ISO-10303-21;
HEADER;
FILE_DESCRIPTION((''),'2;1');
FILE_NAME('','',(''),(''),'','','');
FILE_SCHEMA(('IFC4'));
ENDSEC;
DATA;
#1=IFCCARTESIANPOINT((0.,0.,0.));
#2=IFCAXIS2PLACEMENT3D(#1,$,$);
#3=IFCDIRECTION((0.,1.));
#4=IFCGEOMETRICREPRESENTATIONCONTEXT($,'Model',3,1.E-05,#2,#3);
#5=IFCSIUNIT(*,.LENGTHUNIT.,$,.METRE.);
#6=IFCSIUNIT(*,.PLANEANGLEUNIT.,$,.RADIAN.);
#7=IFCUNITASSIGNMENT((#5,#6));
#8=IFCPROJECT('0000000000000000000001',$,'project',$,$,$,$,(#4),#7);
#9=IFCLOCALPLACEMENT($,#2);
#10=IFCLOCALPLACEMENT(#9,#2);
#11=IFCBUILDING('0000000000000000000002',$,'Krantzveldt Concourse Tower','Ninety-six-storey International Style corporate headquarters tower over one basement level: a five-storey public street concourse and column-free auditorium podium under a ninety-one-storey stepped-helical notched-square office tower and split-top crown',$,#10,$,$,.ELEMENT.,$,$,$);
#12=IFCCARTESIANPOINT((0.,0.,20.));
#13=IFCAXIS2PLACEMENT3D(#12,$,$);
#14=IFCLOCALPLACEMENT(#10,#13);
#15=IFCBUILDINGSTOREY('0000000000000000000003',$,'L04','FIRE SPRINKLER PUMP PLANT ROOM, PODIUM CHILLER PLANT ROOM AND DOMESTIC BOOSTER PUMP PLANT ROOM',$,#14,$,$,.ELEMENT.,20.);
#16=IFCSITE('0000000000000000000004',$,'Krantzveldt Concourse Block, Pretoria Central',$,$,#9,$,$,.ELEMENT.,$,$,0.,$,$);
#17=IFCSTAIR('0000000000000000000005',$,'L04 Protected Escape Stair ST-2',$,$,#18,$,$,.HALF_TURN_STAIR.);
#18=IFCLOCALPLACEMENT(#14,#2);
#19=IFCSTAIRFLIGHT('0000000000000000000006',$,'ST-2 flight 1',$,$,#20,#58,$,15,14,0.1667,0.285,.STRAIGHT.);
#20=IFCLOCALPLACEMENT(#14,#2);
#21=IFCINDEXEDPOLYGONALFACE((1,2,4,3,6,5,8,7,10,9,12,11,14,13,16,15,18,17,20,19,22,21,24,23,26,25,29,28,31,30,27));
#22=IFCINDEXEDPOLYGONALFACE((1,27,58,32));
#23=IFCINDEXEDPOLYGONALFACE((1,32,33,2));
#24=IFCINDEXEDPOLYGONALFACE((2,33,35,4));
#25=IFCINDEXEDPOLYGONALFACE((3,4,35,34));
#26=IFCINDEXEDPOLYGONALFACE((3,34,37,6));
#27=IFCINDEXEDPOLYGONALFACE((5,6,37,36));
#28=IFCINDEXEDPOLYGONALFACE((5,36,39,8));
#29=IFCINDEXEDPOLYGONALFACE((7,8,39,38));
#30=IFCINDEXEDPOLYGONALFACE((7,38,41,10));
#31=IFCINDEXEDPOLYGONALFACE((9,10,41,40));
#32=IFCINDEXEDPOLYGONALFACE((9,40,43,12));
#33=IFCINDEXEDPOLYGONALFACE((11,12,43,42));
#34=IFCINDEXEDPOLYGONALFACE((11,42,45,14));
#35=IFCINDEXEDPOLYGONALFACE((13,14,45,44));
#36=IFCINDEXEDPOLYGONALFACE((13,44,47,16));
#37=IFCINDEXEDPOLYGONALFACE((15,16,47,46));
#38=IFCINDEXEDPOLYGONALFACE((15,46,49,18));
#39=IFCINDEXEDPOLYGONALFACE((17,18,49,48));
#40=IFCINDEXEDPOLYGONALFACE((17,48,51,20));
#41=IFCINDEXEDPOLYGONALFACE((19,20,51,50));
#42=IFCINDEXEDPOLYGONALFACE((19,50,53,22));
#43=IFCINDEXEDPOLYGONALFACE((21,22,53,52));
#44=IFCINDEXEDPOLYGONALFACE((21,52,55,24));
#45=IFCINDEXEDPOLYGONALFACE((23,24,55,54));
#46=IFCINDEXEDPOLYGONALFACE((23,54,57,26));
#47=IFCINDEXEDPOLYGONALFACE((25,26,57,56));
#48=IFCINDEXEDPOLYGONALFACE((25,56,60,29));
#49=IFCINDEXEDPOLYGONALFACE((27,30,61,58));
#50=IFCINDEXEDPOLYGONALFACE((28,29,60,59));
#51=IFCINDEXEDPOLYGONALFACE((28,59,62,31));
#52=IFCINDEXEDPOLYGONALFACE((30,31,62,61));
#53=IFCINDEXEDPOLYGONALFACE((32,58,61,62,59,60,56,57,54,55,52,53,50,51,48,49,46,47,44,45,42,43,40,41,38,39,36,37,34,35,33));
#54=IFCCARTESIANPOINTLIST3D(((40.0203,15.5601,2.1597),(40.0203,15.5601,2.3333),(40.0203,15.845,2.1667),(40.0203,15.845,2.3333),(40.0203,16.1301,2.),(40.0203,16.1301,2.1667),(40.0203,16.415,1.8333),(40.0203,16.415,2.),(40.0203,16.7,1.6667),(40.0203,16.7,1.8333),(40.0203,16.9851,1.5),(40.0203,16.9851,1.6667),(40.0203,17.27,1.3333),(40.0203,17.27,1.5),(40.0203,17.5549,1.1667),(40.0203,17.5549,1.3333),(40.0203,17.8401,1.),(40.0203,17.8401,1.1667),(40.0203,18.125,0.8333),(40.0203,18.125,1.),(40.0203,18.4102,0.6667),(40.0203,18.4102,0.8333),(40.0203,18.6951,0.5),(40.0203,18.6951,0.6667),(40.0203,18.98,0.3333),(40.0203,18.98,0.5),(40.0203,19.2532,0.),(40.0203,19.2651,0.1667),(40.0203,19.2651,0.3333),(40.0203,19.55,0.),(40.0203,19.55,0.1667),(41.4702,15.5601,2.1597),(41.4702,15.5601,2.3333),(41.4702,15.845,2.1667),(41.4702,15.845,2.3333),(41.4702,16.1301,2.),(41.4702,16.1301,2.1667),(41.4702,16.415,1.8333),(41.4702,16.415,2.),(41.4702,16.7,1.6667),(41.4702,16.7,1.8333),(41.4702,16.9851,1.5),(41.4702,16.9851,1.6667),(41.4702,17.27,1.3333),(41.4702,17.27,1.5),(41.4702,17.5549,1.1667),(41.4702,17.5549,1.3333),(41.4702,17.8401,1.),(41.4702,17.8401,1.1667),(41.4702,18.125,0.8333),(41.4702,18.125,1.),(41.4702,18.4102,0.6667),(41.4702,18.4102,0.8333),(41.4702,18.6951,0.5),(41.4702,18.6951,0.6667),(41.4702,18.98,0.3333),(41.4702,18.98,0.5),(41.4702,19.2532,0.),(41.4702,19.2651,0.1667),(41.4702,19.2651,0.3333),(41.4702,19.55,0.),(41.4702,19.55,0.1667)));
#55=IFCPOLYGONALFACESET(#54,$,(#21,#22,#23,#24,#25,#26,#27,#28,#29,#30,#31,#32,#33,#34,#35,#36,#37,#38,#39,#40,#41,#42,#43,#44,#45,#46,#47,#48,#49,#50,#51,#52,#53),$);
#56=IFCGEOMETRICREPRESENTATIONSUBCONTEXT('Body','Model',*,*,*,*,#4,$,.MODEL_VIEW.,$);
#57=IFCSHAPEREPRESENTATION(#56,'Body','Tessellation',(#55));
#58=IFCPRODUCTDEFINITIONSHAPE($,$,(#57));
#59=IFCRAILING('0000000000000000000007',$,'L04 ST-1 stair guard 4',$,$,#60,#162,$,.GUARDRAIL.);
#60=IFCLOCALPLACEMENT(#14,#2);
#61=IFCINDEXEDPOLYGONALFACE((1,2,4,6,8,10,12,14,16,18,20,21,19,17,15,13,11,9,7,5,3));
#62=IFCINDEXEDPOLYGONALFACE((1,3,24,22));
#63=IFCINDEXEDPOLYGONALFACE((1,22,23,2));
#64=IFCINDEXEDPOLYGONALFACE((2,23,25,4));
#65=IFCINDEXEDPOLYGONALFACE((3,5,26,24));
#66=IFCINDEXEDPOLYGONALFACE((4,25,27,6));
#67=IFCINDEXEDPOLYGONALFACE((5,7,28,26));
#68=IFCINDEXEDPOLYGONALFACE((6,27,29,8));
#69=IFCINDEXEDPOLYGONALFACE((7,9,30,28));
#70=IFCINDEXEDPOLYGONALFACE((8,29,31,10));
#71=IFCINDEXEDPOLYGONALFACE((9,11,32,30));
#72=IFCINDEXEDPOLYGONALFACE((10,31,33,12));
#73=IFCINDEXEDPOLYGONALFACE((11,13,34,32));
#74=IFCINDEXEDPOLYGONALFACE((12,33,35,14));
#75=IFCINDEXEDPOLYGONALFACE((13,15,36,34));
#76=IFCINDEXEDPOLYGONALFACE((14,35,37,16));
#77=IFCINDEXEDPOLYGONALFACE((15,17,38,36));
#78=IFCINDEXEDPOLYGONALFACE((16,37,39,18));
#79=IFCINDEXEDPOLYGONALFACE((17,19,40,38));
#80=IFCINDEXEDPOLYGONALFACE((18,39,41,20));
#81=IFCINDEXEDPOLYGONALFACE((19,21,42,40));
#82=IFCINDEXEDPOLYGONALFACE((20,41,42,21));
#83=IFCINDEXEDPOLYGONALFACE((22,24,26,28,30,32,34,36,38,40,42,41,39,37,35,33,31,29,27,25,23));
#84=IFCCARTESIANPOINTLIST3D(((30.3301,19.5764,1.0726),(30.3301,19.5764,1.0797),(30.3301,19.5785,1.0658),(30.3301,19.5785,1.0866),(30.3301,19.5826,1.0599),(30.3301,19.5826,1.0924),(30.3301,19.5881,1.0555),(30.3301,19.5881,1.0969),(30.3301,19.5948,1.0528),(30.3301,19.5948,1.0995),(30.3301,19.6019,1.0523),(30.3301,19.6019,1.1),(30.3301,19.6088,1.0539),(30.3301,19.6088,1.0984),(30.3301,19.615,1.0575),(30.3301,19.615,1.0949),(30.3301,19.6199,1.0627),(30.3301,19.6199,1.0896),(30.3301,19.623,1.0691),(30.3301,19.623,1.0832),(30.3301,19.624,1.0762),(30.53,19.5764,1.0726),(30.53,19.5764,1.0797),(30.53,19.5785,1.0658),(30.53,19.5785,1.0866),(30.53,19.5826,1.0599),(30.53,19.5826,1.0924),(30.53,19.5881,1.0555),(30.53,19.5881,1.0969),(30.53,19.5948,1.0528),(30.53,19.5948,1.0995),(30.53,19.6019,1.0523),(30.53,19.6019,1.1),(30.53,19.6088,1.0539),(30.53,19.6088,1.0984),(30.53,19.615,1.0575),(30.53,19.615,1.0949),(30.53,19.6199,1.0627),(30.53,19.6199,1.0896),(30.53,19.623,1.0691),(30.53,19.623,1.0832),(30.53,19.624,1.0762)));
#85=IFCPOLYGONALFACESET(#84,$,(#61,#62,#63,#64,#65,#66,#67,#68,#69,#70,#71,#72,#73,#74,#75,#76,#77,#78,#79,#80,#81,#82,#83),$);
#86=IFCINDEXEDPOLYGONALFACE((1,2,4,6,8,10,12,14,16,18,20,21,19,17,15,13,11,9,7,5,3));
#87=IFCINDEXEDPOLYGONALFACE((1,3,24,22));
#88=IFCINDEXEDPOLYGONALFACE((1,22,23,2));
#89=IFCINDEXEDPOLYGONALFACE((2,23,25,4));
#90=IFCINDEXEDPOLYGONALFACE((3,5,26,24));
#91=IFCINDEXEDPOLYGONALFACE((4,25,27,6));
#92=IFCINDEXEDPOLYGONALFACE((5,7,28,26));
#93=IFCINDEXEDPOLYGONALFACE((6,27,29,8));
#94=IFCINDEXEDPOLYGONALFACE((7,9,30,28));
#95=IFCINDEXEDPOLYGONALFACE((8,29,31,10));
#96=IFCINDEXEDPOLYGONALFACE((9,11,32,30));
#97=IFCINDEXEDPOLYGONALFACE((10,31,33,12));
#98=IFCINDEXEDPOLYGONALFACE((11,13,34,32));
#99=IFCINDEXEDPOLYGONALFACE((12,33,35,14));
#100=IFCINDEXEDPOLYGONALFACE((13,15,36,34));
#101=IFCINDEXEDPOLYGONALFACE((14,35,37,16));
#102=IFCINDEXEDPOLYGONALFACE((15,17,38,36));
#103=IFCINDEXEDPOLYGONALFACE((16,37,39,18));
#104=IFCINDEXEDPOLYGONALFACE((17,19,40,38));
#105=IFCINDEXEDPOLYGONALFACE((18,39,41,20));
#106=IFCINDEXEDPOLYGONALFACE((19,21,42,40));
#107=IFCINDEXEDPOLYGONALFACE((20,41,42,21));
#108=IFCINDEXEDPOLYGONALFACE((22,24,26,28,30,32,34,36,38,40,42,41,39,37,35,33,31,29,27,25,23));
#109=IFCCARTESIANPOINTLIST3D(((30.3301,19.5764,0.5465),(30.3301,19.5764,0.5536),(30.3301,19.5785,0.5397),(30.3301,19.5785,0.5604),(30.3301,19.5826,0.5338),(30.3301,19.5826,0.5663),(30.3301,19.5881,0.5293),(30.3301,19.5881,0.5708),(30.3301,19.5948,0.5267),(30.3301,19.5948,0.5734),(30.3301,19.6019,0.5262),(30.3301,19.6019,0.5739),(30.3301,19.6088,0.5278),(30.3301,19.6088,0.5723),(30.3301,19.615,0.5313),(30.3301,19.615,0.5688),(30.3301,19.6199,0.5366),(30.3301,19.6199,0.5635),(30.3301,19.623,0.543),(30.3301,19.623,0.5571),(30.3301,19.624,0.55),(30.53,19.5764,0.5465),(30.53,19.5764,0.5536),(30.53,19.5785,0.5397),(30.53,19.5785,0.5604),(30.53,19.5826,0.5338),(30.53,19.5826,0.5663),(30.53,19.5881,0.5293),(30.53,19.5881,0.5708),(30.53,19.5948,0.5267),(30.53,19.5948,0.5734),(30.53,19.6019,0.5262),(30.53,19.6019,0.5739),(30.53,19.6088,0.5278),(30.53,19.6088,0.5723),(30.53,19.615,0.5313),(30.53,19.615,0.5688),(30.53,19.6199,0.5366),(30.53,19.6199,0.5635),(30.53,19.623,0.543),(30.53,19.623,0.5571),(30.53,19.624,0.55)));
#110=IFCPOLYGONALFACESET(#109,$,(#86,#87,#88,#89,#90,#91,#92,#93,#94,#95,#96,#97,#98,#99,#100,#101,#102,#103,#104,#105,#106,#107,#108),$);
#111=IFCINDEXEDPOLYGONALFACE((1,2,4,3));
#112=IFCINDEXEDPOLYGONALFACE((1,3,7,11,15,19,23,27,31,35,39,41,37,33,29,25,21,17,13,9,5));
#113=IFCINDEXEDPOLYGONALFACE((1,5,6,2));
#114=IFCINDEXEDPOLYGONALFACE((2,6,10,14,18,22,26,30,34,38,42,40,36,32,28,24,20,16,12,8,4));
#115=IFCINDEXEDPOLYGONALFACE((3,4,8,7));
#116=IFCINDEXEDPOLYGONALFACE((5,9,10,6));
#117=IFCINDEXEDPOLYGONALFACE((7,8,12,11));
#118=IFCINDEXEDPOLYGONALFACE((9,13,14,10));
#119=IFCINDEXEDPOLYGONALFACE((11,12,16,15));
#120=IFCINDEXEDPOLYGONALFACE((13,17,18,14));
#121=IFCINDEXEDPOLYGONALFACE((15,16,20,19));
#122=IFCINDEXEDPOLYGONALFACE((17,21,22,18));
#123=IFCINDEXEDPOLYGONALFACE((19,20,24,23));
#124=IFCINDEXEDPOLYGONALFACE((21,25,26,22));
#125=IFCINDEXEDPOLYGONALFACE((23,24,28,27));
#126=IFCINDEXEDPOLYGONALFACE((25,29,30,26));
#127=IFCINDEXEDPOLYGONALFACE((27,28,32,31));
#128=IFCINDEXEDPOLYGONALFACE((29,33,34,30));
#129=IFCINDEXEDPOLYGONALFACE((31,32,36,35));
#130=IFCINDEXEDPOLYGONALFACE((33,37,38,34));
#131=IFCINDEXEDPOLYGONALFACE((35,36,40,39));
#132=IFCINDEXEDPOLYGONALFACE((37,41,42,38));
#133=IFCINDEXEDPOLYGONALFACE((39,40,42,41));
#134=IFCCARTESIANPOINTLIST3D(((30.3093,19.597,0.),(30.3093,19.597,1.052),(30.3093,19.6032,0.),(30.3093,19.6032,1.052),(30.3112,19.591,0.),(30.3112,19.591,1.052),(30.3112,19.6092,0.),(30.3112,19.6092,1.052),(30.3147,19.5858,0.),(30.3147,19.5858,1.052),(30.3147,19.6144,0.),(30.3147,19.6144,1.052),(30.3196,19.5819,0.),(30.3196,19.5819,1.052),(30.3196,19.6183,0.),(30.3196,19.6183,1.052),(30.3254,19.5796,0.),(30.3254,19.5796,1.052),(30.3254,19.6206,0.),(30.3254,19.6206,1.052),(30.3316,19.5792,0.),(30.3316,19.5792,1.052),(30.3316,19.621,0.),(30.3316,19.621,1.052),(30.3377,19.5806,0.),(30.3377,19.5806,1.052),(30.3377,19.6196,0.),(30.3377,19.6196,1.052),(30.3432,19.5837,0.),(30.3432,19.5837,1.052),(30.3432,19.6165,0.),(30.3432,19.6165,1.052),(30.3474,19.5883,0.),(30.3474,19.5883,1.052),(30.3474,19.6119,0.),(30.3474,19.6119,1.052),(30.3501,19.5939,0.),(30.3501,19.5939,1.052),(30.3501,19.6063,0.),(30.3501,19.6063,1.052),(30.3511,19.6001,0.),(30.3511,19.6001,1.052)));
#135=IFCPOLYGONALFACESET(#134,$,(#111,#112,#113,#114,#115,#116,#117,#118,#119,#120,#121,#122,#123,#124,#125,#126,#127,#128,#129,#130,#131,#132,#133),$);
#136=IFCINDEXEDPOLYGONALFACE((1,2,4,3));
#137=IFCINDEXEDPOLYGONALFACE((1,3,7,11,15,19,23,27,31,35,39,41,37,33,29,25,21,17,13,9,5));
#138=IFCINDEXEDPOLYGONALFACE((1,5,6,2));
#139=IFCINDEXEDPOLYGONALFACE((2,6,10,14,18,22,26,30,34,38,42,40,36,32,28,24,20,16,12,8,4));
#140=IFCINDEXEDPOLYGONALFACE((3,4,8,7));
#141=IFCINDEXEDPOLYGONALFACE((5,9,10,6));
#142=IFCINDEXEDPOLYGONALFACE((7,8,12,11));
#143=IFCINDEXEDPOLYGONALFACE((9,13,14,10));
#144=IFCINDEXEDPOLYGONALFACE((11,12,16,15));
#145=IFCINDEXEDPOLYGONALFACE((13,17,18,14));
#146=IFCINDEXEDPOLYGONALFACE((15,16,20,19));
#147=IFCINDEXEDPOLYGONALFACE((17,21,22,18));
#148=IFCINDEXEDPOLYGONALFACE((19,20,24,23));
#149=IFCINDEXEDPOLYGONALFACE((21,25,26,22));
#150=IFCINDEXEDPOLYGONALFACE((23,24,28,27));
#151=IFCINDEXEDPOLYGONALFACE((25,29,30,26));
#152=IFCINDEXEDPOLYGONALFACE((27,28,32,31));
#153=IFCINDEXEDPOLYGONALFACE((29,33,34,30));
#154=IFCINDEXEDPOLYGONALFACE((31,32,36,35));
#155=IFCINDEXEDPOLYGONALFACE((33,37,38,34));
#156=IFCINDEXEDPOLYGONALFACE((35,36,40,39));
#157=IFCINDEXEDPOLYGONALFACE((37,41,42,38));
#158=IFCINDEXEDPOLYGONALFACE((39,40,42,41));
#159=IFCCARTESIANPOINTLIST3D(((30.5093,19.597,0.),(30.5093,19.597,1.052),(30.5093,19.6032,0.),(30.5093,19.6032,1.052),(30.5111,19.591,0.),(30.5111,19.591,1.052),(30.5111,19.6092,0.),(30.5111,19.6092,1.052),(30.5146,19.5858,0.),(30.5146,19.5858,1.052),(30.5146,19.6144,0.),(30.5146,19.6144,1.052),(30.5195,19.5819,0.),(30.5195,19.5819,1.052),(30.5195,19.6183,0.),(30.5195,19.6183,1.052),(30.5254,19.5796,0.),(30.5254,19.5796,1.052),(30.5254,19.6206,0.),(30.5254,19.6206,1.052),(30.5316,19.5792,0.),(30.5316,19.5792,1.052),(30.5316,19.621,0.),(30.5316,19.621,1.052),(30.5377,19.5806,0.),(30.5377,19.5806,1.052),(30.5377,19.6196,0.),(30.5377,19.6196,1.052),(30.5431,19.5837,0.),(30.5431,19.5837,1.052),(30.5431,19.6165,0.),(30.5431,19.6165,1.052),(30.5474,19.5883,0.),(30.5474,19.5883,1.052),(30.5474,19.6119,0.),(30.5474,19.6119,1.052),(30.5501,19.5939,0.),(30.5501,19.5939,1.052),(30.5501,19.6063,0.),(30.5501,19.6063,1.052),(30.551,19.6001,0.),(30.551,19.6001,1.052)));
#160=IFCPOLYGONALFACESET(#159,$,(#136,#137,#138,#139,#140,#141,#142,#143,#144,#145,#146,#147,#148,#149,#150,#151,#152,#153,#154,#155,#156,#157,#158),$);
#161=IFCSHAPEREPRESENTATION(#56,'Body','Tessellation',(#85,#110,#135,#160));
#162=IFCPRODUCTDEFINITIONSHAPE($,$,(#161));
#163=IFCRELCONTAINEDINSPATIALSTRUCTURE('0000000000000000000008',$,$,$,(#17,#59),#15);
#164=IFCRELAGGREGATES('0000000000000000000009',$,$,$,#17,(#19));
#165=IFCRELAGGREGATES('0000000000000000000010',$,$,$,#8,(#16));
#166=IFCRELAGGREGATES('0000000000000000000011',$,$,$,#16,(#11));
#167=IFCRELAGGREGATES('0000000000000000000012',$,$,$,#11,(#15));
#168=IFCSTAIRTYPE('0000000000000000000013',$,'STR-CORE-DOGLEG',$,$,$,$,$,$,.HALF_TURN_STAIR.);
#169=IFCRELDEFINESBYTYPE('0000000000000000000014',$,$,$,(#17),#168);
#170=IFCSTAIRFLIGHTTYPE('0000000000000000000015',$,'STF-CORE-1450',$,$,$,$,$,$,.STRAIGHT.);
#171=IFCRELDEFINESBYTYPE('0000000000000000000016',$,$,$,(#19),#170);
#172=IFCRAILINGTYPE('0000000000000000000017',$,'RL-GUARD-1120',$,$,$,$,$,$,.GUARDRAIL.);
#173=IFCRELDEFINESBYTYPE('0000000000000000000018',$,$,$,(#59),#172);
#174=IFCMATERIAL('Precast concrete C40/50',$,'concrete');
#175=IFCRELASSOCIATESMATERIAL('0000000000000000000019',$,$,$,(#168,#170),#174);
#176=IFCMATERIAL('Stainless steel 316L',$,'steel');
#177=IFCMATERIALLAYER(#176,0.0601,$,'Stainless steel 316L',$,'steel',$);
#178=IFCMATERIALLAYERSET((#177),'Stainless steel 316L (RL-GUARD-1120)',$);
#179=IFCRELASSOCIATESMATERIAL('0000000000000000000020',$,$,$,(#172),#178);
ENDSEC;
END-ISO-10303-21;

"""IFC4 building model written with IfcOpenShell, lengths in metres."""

from ifc_helpers import new_model, si_unit, direction, frame, origin, origin_2d, place, context, subcontext, project, spatial, polyline, circle, outline, extrude, material, layer, layer_set, type_object, element, aggregate, save


model = new_model("IFC4")

# Units and contexts
model_context = context("Model", 3, precision=1e-05, world=origin(), true_north=direction((0.0, 1.0)))
body_context = subcontext(model_context, "Body", "Model", "MODEL_VIEW")
ifc_project = project(units=[si_unit("LENGTHUNIT", "METRE"), si_unit("PLANEANGLEUNIT", "RADIAN")], contexts=[model_context])

# Site, building, storey
site_placement = place(None, origin())
site = spatial("IfcSite", under=ifc_project, at=site_placement, Name="Krantzveldt Concourse Block, Pretoria Central", CompositionType="ELEMENT", RefElevation=0.0)
building_placement = place(site_placement, origin())
building = spatial("IfcBuilding", under=site, at=building_placement, Name="Krantzveldt Concourse Tower", Description="Ninety-six-storey International Style corporate headquarters tower over one basement level: a five-storey public street concourse and column-free auditorium podium under a ninety-one-storey stepped-helical notched-square office tower and split-top crown", CompositionType="ELEMENT")
storey_placement = place(building_placement, frame((0.0, 0.0, 20.0)))
storey = spatial("IfcBuildingStorey", under=building, at=storey_placement, Name="L04", Description="FIRE SPRINKLER PUMP PLANT ROOM, PODIUM CHILLER PLANT ROOM AND DOMESTIC BOOSTER PUMP PLANT ROOM", CompositionType="ELEMENT", Elevation=20.0)

# Shared definitions
ifc_material_1 = material(Name="Stainless steel 316L", Category="steel")

# Stair, stair flight
ifc_material_2 = material(Name="Precast concrete C40/50", Category="concrete")
stair_type = type_object("IfcStairType", Name="STR-CORE-DOGLEG", PredefinedType="HALF_TURN_STAIR", material=ifc_material_2)
stair_placement = place(storey_placement, origin())
stair = element("IfcStair", 1, at=stair_placement, inside=storey, type_object=stair_type, Name="L04 Protected Escape Stair ST-2", PredefinedType="HALF_TURN_STAIR")
stair_flight_type = type_object("IfcStairFlightType", Name="STF-CORE-1450", PredefinedType="STRAIGHT", material=ifc_material_2)
stair_flight_placement = place(storey_placement, frame((40.7451, 19.55, 0.0), z_axis=(0.0, 0.0, 1.0), x_axis=(0.0, -1.0, 0.0)))
stair_flight = element("IfcStairFlight", 2, at=stair_flight_placement, type_object=stair_flight_type, Name="ST-2 flight 1", NumberOfRisers=15, NumberOfTreads=14, PredefinedType="STRAIGHT", RiserHeight=0.1667, TreadLength=0.285, context=body_context, shape_type="SweptSolid", body=[
    extrude(outline(polyline([(0.0, 0.0), (0.0, 0.1667), (0.2849, 0.1667), (0.2849, 0.3333), (0.5701, 0.3333), (0.5701, 0.5), (0.855, 0.5), (0.855, 0.6667), (1.1399, 0.6667), (1.1399, 0.8333), (1.425, 0.8333), (1.425, 1.0), (1.71, 1.0), (1.71, 1.1667), (1.9951, 1.1667), (1.9951, 1.3333), (2.28, 1.3333), (2.28, 1.5), (2.5649, 1.5), (2.5649, 1.6667), (2.8501, 1.6667), (2.8501, 1.8333), (3.135, 1.8333), (3.135, 2.0), (3.4199, 2.0), (3.4199, 2.1667), (3.7051, 2.1667), (3.7051, 2.3333), (3.99, 2.3333), (3.99, 2.5), (3.99, 2.1597), (0.2969, 0.0), (0.0, 0.0)])), frame((0.0, 0.7251, 0.0), z_axis=(0.0, -1.0, 0.0), x_axis=(1.0, 0.0, 0.0)), (0.0, 0.0, 1.0), 1.45),
])
aggregate(stair, [stair_flight])

# Railing
ifc_layer_1 = layer(ifc_material_1, 0.0601, Name="Stainless steel 316L", Category="steel")
ifc_layer_set_1 = layer_set([ifc_layer_1], Name="Stainless steel 316L (RL-GUARD-1120)")
railing_type = type_object("IfcRailingType", Name="RL-GUARD-1120", PredefinedType="GUARDRAIL", material=ifc_layer_set_1)
railing_1_placement = place(storey_placement, frame((30.3301, 19.6001, 0.0)))
element("IfcRailing", 3, at=railing_1_placement, inside=storey, type_object=railing_type, Name="L04 ST-1 stair guard 4", PredefinedType="GUARDRAIL", context=body_context, shape_type="SweptSolid", body=[
    extrude(circle(Radius=0.0239, at=origin_2d()), frame((0.0, 0.0, 1.0762), z_axis=(1.0, 0.0, 0.0), x_axis=(0.0, 1.0, 0.0)), (0.0, 0.0, 1.0), 0.2),
    extrude(circle(Radius=0.0239, at=origin_2d()), frame((0.0, 0.0, 0.55), z_axis=(1.0, 0.0, 0.0), x_axis=(0.0, 1.0, 0.0)), (0.0, 0.0, 1.0), 0.2),
    extrude(circle(Radius=0.021, at=origin_2d()), origin(), (0.0, 0.0, 1.0), 1.052),
    extrude(circle(Radius=0.021, at=origin_2d()), frame((0.2, 0.0, 0.0)), (0.0, 0.0, 1.0), 1.052),
])

save(model, "model.ifc")
